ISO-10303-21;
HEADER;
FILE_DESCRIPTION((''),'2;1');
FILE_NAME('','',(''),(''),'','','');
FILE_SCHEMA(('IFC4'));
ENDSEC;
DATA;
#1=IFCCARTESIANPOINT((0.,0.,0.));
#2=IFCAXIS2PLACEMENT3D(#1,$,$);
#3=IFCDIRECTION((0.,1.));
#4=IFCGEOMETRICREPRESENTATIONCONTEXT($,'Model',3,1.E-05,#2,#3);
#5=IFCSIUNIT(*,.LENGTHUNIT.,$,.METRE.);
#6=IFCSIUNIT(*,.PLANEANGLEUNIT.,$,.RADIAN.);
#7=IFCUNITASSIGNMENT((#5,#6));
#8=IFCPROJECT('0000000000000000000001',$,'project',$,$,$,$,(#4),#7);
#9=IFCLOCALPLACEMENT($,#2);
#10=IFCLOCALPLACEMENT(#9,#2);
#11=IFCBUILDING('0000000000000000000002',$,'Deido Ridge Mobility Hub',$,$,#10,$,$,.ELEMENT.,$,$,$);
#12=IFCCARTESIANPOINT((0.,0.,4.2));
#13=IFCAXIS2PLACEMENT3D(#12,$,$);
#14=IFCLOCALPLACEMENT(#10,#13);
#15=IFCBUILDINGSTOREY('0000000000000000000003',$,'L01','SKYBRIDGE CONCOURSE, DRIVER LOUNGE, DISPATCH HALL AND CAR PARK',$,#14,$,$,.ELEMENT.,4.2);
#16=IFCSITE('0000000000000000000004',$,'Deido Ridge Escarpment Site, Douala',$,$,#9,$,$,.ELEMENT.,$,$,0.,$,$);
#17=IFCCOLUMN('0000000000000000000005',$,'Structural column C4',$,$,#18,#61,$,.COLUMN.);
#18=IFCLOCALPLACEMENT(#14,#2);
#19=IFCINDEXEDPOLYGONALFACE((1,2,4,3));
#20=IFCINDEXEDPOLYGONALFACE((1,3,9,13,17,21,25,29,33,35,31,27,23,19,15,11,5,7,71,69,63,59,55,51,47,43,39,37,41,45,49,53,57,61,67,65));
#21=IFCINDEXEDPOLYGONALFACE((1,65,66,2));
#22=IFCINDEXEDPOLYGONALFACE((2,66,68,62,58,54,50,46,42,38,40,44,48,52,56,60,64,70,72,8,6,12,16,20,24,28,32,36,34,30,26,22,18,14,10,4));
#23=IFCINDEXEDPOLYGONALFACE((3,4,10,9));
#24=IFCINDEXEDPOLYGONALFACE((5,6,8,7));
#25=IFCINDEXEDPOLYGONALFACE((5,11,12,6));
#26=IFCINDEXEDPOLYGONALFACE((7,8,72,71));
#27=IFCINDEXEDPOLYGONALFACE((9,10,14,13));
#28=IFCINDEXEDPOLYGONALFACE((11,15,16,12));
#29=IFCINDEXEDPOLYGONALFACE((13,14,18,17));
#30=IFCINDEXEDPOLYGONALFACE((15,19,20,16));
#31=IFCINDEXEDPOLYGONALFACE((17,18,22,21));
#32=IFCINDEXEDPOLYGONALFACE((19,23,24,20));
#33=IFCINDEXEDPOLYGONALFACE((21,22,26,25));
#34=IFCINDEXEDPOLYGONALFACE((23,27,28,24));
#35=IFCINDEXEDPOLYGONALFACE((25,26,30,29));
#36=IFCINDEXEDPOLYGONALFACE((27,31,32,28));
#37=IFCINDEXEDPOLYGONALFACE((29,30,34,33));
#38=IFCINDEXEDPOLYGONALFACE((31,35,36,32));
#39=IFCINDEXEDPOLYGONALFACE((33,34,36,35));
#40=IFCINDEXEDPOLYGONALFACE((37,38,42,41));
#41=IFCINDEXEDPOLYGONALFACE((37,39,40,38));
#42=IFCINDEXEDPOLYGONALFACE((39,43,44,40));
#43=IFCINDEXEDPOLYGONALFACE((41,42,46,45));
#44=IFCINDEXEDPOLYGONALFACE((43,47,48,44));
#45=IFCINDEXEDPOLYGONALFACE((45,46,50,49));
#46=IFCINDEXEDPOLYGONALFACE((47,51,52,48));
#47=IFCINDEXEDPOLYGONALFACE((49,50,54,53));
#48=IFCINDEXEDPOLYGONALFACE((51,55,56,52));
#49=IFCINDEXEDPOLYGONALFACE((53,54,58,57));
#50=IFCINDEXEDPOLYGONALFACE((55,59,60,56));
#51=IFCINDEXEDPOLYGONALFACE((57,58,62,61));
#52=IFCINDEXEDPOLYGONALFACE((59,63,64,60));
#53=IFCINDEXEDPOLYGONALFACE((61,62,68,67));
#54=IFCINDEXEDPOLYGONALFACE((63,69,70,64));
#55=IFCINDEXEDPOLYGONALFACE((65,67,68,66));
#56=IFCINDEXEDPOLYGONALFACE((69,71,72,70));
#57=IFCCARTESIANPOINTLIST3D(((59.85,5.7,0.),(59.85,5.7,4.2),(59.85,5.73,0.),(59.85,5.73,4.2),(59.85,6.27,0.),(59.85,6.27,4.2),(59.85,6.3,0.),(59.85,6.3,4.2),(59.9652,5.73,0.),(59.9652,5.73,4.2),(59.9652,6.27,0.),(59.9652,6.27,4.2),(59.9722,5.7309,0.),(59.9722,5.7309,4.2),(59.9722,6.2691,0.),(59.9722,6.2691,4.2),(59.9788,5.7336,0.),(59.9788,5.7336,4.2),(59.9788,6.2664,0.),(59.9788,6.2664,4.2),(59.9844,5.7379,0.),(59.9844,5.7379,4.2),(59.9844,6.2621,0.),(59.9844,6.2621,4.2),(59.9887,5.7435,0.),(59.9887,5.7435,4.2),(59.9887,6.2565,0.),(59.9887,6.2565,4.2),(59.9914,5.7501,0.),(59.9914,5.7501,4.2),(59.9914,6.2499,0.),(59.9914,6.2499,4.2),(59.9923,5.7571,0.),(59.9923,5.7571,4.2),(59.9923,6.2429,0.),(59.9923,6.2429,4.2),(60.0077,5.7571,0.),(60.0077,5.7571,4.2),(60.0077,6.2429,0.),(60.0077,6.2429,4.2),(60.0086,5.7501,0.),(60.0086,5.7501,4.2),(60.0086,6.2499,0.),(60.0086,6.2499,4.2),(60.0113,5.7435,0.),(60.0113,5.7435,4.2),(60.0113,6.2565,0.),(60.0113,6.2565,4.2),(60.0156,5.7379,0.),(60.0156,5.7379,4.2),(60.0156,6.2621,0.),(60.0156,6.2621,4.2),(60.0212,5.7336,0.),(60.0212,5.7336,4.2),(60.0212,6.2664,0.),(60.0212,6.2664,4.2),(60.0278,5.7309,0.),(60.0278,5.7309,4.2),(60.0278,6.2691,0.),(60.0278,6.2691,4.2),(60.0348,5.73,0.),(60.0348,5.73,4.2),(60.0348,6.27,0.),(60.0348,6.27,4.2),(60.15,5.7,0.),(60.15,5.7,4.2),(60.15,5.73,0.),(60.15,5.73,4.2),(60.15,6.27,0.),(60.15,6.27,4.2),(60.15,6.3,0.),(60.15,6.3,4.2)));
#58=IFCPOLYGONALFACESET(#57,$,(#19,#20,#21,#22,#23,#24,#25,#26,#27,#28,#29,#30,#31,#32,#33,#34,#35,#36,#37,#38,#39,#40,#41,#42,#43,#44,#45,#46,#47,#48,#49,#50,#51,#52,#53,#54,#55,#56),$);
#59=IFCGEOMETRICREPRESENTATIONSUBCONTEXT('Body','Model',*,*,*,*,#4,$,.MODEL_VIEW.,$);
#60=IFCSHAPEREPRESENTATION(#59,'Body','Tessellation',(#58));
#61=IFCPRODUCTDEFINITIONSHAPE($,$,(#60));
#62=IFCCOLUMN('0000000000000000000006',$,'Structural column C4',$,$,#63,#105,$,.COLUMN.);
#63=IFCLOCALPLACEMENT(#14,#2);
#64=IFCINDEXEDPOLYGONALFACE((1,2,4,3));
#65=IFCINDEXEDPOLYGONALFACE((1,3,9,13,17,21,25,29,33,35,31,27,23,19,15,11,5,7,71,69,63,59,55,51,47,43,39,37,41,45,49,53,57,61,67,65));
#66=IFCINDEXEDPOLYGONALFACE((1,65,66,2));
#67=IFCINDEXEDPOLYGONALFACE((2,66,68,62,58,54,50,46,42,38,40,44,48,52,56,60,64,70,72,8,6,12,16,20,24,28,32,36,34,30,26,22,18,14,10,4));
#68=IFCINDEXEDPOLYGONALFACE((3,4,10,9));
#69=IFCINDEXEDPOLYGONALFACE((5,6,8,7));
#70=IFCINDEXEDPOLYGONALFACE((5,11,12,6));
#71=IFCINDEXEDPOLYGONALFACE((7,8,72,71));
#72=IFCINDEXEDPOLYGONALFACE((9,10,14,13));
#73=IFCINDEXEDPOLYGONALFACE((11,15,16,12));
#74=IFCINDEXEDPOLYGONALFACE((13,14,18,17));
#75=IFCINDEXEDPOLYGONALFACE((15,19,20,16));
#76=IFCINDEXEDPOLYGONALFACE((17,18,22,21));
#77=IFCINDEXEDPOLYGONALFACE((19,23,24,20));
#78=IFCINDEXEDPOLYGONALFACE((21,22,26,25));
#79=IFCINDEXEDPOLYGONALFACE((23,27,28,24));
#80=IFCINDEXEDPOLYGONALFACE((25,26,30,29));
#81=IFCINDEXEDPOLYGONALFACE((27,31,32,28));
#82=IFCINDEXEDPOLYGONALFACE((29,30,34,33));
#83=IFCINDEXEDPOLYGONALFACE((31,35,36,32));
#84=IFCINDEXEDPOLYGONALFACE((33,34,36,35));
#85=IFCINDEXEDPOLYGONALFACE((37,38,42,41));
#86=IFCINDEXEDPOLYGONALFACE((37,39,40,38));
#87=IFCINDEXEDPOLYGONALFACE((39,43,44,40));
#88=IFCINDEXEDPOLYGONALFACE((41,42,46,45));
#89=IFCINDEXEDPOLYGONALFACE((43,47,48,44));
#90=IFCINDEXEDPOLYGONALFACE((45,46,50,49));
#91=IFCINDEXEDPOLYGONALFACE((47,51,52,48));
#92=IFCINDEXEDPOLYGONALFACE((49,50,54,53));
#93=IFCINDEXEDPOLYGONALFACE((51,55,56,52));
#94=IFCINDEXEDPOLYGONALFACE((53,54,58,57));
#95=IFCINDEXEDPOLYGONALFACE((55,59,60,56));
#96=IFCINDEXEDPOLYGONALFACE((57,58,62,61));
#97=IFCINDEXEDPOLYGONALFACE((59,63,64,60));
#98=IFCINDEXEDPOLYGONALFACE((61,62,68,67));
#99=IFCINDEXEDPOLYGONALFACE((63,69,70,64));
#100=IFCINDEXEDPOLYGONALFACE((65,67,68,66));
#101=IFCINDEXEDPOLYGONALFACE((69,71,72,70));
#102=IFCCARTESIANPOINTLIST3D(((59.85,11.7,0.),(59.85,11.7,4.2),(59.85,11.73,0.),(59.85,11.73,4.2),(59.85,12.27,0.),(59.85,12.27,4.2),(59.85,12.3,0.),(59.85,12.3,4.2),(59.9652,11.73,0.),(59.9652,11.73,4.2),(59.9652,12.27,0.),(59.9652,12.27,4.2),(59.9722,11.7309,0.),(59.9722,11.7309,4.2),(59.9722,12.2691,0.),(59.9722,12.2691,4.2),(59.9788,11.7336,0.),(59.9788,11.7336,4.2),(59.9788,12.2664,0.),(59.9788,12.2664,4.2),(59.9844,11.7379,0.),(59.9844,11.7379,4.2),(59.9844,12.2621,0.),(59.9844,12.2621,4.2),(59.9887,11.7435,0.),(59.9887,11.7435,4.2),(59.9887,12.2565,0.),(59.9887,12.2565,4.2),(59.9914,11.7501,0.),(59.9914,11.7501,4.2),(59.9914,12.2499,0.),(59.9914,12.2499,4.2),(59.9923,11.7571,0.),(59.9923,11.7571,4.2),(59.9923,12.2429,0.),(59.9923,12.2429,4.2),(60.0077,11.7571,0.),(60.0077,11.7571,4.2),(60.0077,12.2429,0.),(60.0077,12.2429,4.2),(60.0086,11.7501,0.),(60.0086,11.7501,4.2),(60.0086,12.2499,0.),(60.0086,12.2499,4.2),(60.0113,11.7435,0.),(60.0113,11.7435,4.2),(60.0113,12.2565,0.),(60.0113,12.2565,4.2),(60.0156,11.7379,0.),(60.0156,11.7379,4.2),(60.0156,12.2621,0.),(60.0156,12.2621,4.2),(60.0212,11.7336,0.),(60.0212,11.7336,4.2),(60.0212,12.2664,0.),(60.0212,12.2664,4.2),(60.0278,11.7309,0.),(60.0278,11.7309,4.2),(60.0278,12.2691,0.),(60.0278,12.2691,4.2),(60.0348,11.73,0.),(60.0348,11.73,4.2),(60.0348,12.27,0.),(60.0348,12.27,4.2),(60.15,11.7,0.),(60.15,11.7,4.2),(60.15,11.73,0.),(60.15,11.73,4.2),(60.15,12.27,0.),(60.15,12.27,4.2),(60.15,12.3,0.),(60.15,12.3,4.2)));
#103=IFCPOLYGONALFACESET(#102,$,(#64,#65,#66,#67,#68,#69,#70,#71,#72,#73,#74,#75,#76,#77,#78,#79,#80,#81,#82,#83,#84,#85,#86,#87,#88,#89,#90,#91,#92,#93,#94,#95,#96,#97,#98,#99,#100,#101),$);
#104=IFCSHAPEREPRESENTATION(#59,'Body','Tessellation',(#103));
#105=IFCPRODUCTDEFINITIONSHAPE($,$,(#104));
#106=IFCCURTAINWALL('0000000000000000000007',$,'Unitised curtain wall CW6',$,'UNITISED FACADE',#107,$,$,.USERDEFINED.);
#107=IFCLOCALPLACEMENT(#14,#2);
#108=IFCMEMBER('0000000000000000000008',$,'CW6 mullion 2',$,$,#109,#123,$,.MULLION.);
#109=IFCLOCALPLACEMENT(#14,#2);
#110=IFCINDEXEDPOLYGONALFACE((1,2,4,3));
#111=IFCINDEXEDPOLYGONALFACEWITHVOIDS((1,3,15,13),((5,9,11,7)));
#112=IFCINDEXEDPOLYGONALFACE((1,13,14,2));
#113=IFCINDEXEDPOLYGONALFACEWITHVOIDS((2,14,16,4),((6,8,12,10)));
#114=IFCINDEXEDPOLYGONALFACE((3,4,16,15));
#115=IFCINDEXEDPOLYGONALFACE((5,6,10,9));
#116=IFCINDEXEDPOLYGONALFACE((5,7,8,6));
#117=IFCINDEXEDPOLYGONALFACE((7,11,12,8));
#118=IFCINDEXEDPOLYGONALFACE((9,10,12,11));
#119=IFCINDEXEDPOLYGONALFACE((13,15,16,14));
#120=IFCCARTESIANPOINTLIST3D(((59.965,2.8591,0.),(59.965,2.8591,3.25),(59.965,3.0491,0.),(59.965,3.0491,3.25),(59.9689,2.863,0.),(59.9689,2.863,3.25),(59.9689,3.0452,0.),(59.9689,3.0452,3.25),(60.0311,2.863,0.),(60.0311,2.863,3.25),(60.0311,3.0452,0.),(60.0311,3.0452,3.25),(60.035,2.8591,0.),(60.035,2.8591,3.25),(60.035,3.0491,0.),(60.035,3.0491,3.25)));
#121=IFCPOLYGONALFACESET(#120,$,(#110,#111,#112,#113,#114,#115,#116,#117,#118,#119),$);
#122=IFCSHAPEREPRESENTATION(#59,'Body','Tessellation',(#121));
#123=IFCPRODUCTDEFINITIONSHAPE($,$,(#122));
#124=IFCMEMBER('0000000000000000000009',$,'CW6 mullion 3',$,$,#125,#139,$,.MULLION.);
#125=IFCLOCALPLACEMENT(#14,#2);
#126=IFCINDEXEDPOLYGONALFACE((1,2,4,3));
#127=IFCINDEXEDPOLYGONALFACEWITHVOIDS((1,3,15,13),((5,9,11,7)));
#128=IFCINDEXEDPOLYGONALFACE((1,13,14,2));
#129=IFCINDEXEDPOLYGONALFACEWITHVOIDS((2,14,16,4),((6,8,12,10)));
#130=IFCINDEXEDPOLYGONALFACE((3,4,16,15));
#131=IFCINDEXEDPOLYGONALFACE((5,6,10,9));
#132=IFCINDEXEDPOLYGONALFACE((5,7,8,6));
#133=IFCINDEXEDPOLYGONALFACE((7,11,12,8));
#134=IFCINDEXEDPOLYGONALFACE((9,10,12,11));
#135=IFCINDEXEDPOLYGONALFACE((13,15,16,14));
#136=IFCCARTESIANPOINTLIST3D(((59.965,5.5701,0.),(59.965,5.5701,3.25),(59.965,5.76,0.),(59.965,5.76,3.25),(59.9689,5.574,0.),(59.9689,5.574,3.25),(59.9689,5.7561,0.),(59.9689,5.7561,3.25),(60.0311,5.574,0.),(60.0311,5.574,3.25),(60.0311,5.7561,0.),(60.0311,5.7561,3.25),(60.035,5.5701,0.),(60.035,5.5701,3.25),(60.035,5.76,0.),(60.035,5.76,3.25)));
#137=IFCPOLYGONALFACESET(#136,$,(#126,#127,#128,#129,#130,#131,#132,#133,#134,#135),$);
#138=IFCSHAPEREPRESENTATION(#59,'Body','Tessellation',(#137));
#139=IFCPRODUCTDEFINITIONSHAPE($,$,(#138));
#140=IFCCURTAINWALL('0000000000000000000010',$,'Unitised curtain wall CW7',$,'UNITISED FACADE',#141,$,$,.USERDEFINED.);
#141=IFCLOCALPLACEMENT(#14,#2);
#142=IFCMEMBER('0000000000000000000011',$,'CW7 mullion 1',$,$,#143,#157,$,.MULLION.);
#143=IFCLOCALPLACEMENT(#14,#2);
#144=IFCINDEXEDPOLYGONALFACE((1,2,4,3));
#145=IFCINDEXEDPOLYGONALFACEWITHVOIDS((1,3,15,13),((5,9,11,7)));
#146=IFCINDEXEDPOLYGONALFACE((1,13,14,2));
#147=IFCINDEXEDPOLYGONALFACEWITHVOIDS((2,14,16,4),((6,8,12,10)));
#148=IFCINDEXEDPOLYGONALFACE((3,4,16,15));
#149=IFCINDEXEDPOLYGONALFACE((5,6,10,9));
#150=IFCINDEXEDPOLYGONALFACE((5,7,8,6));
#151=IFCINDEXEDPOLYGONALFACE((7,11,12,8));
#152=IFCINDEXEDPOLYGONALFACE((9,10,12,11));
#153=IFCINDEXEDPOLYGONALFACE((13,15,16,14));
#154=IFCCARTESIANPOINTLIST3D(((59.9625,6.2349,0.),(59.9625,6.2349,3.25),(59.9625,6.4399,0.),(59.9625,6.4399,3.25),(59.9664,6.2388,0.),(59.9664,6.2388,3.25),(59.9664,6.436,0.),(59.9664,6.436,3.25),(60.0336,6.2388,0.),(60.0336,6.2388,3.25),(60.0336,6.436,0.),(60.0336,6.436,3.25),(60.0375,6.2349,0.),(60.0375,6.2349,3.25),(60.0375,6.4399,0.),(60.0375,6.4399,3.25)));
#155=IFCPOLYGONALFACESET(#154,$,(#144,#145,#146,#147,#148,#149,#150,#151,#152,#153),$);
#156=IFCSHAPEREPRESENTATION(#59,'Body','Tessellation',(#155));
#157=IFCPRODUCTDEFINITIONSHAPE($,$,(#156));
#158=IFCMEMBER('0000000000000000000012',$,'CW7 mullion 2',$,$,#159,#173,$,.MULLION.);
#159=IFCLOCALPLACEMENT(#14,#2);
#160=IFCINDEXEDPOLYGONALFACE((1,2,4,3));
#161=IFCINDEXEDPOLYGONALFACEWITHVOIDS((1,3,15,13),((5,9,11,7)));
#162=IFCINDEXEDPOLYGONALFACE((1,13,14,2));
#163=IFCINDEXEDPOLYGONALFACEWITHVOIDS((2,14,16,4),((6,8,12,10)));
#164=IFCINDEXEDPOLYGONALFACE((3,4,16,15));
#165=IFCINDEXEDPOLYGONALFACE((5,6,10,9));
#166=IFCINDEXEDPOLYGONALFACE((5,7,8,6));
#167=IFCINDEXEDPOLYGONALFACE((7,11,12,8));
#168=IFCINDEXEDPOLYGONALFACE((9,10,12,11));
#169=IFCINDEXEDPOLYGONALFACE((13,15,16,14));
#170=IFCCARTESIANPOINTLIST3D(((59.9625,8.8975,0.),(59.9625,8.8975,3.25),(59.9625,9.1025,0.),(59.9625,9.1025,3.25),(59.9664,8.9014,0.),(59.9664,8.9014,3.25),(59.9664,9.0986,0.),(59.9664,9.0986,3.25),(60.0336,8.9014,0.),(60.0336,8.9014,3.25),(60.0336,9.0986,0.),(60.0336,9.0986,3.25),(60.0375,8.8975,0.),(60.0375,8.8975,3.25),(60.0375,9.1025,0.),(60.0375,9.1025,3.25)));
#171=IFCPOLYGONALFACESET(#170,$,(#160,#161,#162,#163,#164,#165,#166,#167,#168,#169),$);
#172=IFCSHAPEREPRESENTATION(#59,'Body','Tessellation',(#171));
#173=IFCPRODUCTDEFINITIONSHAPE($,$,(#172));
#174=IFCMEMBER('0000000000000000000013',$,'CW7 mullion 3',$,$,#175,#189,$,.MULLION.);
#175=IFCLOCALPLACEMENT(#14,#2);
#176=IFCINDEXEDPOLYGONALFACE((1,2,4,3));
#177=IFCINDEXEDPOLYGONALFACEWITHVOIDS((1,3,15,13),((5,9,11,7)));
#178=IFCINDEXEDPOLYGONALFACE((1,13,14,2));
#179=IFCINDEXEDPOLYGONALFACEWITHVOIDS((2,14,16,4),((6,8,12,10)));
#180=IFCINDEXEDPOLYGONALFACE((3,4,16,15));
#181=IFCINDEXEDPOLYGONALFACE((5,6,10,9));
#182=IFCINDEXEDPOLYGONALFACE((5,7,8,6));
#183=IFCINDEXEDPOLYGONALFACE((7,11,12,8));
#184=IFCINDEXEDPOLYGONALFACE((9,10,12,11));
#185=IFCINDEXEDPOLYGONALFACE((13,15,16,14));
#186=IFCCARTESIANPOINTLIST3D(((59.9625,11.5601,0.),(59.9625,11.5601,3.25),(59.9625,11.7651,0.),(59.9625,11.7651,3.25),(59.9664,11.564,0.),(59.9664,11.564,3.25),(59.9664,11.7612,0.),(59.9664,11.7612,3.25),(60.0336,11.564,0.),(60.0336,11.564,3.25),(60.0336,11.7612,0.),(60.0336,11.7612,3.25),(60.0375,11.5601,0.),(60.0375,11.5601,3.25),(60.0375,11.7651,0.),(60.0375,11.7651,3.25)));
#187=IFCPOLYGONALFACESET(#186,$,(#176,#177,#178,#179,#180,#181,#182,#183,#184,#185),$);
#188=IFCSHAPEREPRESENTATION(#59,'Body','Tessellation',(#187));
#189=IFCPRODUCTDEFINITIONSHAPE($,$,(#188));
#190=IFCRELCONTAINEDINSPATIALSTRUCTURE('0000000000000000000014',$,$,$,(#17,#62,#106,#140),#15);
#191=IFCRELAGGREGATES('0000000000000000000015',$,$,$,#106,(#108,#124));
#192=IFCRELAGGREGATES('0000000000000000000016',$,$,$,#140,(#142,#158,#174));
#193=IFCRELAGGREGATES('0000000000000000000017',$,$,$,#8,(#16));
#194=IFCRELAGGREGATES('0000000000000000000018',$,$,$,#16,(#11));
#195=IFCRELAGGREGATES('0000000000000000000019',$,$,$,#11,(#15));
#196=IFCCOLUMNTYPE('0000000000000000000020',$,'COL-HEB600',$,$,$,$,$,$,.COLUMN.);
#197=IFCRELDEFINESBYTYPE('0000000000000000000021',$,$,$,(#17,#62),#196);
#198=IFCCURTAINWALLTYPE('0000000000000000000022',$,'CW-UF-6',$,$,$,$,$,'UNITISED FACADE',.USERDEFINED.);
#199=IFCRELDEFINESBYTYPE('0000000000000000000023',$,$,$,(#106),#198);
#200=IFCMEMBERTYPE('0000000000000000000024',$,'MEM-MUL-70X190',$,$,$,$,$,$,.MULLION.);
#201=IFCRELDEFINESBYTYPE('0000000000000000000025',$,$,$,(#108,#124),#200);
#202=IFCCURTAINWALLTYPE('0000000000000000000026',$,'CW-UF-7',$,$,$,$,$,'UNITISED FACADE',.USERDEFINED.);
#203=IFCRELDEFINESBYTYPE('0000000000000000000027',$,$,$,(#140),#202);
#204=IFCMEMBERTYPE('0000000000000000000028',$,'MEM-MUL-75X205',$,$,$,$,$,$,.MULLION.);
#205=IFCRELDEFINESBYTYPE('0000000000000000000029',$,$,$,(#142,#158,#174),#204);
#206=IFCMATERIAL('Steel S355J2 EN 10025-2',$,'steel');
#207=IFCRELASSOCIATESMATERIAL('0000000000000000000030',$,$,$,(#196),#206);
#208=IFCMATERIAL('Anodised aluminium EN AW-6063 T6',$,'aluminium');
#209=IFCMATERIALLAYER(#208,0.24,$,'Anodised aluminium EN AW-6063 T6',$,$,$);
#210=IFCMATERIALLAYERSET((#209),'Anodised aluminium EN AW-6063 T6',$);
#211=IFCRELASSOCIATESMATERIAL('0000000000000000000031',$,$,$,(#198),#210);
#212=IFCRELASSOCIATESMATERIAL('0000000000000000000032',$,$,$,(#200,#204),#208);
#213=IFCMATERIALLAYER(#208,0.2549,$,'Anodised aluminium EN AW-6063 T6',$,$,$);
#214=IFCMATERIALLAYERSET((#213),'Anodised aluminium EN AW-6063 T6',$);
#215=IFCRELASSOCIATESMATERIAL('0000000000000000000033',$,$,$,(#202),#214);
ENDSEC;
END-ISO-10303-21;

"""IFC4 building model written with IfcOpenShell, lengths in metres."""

from ifc_helpers import new_model, si_unit, direction, frame, origin, origin_2d, place, context, subcontext, project, spatial, hollow_rectangle, i_section, extrude, material, layer, layer_set, material_profile, profile_set, type_object, element, aggregate, save


model = new_model("IFC4")

# Units and contexts
model_context = context("Model", 3, precision=1e-05, world=origin(), true_north=direction((0.0, 1.0)))
body_context = subcontext(model_context, "Body", "Model", "MODEL_VIEW")
ifc_project = project(units=[si_unit("LENGTHUNIT", "METRE"), si_unit("PLANEANGLEUNIT", "RADIAN")], contexts=[model_context])

# Site, building, storey
site_placement = place(None, origin())
site = spatial("IfcSite", under=ifc_project, at=site_placement, Name="Deido Ridge Escarpment Site, Douala", CompositionType="ELEMENT", RefElevation=0.0)
building_placement = place(site_placement, origin())
building = spatial("IfcBuilding", under=site, at=building_placement, Name="Deido Ridge Mobility Hub", CompositionType="ELEMENT")
storey_placement = place(building_placement, frame((0.0, 0.0, 4.2)))
storey = spatial("IfcBuildingStorey", under=building, at=storey_placement, Name="L01", Description="SKYBRIDGE CONCOURSE, DRIVER LOUNGE, DISPATCH HALL AND CAR PARK", CompositionType="ELEMENT", Elevation=4.2)

# Columns
ifc_material_1 = material(Name="Steel S355J2 EN 10025-2", Category="steel")
ifc_material_profile_1 = material_profile(ifc_material_1, i_section(OverallWidth=0.3, OverallDepth=0.6001, WebThickness=0.0154, FlangeThickness=0.03, FilletRadius=0.0271, at=origin_2d()), Name="HEB 600")
ifc_profile_set_1 = profile_set([ifc_material_profile_1], Name="Steel S355J2 EN 10025-2")
column_type = type_object("IfcColumnType", Name="COL-HEB600", PredefinedType="COLUMN", material=ifc_profile_set_1)
for number, where, z_axis, x_axis, name in (
    (1, (60.0, 6.0, 0.0), (0.0, 0.0, 1.0), (1.0, 0.0, 0.0), "Structural column C4"),
    (2, (60.0, 12.0, 0.0), (0.0, 0.0, 1.0), (1.0, 0.0, 0.0), "Structural column C4"),
):
    element("IfcColumn", number, at=place(storey_placement, frame(where, z_axis=z_axis, x_axis=x_axis)), inside=storey, type_object=column_type, Name=name, PredefinedType="COLUMN", context=body_context, shape_type="SweptSolid", body=[
        extrude(i_section(OverallWidth=0.3, OverallDepth=0.6001, WebThickness=0.0154, FlangeThickness=0.03, FilletRadius=0.0271, at=origin_2d()), origin(), (0.0, 0.0, 1.0), 4.2),
    ])

# Curtain walls, members
ifc_material_2 = material(Name="Anodised aluminium EN AW-6063 T6", Category="aluminium")
ifc_layer_1 = layer(ifc_material_2, 0.24, Name="Anodised aluminium EN AW-6063 T6")
ifc_layer_set_1 = layer_set([ifc_layer_1], Name="Anodised aluminium EN AW-6063 T6")
curtain_wall_type_1 = type_object("IfcCurtainWallType", Name="CW-UF-6", ElementType="UNITISED FACADE", PredefinedType="USERDEFINED", material=ifc_layer_set_1)
curtain_wall_1_placement = place(storey_placement, origin())
curtain_wall_1 = element("IfcCurtainWall", 3, at=curtain_wall_1_placement, inside=storey, type_object=curtain_wall_type_1, Name="Unitised curtain wall CW6", ObjectType="UNITISED FACADE", PredefinedType="USERDEFINED")
ifc_material_profile_2 = material_profile(ifc_material_2, hollow_rectangle(XDim=0.0701, YDim=0.1899, WallThickness=0.0039, at=origin_2d()), Name="RHS 70x190x4")
ifc_profile_set_2 = profile_set([ifc_material_profile_2], Name="Anodised aluminium EN AW-6063 T6")
member_type_1 = type_object("IfcMemberType", Name="MEM-MUL-70X190", PredefinedType="MULLION", material=ifc_profile_set_2)
member_1_placement = place(storey_placement, frame((60.0, 2.9541, 0.0), z_axis=(0.0, 0.0, 1.0), x_axis=(-1.0, 0.0, 0.0)))
member_1 = element("IfcMember", 4, at=member_1_placement, type_object=member_type_1, Name="CW6 mullion 2", PredefinedType="MULLION", context=body_context, shape_type="SweptSolid", body=[
    extrude(hollow_rectangle(XDim=0.0701, YDim=0.1899, WallThickness=0.0039, at=origin_2d()), origin(), (0.0, 0.0, 1.0), 3.25),
])
member_2_placement = place(storey_placement, frame((60.0, 5.665, 0.0), z_axis=(0.0, 0.0, 1.0), x_axis=(-1.0, 0.0, 0.0)))
member_2 = element("IfcMember", 5, at=member_2_placement, type_object=member_type_1, Name="CW6 mullion 3", PredefinedType="MULLION", context=body_context, shape_type="SweptSolid", body=[
    extrude(hollow_rectangle(XDim=0.0701, YDim=0.1899, WallThickness=0.0039, at=origin_2d()), origin(), (0.0, 0.0, 1.0), 3.25),
])
ifc_layer_2 = layer(ifc_material_2, 0.2549, Name="Anodised aluminium EN AW-6063 T6")
ifc_layer_set_2 = layer_set([ifc_layer_2], Name="Anodised aluminium EN AW-6063 T6")
curtain_wall_type_2 = type_object("IfcCurtainWallType", Name="CW-UF-7", ElementType="UNITISED FACADE", PredefinedType="USERDEFINED", material=ifc_layer_set_2)
curtain_wall_2_placement = place(storey_placement, origin())
curtain_wall_2 = element("IfcCurtainWall", 6, at=curtain_wall_2_placement, inside=storey, type_object=curtain_wall_type_2, Name="Unitised curtain wall CW7", ObjectType="UNITISED FACADE", PredefinedType="USERDEFINED")
ifc_material_profile_3 = material_profile(ifc_material_2, hollow_rectangle(XDim=0.075, YDim=0.2051, WallThickness=0.0039, at=origin_2d()), Name="RHS 75x205x4")
ifc_profile_set_3 = profile_set([ifc_material_profile_3], Name="Anodised aluminium EN AW-6063 T6")
member_type_2 = type_object("IfcMemberType", Name="MEM-MUL-75X205", PredefinedType="MULLION", material=ifc_profile_set_3)
member_3_placement = place(storey_placement, frame((60.0, 6.3374, 0.0), z_axis=(0.0, 0.0, 1.0), x_axis=(-1.0, 0.0, 0.0)))
member_3 = element("IfcMember", 7, at=member_3_placement, type_object=member_type_2, Name="CW7 mullion 1", PredefinedType="MULLION", context=body_context, shape_type="SweptSolid", body=[
    extrude(hollow_rectangle(XDim=0.075, YDim=0.2051, WallThickness=0.0039, at=origin_2d()), origin(), (0.0, 0.0, 1.0), 3.25),
])
member_4_placement = place(storey_placement, frame((60.0, 9.0, 0.0), z_axis=(0.0, 0.0, 1.0), x_axis=(-1.0, 0.0, 0.0)))
member_4 = element("IfcMember", 8, at=member_4_placement, type_object=member_type_2, Name="CW7 mullion 2", PredefinedType="MULLION", context=body_context, shape_type="SweptSolid", body=[
    extrude(hollow_rectangle(XDim=0.075, YDim=0.2051, WallThickness=0.0039, at=origin_2d()), origin(), (0.0, 0.0, 1.0), 3.25),
])
member_5_placement = place(storey_placement, frame((60.0, 11.6626, 0.0), z_axis=(0.0, 0.0, 1.0), x_axis=(-1.0, 0.0, 0.0)))
member_5 = element("IfcMember", 9, at=member_5_placement, type_object=member_type_2, Name="CW7 mullion 3", PredefinedType="MULLION", context=body_context, shape_type="SweptSolid", body=[
    extrude(hollow_rectangle(XDim=0.075, YDim=0.2051, WallThickness=0.0039, at=origin_2d()), origin(), (0.0, 0.0, 1.0), 3.25),
])

aggregate(curtain_wall_1, [member_1, member_2])
aggregate(curtain_wall_2, [member_3, member_4, member_5])

save(model, "model.ifc")
